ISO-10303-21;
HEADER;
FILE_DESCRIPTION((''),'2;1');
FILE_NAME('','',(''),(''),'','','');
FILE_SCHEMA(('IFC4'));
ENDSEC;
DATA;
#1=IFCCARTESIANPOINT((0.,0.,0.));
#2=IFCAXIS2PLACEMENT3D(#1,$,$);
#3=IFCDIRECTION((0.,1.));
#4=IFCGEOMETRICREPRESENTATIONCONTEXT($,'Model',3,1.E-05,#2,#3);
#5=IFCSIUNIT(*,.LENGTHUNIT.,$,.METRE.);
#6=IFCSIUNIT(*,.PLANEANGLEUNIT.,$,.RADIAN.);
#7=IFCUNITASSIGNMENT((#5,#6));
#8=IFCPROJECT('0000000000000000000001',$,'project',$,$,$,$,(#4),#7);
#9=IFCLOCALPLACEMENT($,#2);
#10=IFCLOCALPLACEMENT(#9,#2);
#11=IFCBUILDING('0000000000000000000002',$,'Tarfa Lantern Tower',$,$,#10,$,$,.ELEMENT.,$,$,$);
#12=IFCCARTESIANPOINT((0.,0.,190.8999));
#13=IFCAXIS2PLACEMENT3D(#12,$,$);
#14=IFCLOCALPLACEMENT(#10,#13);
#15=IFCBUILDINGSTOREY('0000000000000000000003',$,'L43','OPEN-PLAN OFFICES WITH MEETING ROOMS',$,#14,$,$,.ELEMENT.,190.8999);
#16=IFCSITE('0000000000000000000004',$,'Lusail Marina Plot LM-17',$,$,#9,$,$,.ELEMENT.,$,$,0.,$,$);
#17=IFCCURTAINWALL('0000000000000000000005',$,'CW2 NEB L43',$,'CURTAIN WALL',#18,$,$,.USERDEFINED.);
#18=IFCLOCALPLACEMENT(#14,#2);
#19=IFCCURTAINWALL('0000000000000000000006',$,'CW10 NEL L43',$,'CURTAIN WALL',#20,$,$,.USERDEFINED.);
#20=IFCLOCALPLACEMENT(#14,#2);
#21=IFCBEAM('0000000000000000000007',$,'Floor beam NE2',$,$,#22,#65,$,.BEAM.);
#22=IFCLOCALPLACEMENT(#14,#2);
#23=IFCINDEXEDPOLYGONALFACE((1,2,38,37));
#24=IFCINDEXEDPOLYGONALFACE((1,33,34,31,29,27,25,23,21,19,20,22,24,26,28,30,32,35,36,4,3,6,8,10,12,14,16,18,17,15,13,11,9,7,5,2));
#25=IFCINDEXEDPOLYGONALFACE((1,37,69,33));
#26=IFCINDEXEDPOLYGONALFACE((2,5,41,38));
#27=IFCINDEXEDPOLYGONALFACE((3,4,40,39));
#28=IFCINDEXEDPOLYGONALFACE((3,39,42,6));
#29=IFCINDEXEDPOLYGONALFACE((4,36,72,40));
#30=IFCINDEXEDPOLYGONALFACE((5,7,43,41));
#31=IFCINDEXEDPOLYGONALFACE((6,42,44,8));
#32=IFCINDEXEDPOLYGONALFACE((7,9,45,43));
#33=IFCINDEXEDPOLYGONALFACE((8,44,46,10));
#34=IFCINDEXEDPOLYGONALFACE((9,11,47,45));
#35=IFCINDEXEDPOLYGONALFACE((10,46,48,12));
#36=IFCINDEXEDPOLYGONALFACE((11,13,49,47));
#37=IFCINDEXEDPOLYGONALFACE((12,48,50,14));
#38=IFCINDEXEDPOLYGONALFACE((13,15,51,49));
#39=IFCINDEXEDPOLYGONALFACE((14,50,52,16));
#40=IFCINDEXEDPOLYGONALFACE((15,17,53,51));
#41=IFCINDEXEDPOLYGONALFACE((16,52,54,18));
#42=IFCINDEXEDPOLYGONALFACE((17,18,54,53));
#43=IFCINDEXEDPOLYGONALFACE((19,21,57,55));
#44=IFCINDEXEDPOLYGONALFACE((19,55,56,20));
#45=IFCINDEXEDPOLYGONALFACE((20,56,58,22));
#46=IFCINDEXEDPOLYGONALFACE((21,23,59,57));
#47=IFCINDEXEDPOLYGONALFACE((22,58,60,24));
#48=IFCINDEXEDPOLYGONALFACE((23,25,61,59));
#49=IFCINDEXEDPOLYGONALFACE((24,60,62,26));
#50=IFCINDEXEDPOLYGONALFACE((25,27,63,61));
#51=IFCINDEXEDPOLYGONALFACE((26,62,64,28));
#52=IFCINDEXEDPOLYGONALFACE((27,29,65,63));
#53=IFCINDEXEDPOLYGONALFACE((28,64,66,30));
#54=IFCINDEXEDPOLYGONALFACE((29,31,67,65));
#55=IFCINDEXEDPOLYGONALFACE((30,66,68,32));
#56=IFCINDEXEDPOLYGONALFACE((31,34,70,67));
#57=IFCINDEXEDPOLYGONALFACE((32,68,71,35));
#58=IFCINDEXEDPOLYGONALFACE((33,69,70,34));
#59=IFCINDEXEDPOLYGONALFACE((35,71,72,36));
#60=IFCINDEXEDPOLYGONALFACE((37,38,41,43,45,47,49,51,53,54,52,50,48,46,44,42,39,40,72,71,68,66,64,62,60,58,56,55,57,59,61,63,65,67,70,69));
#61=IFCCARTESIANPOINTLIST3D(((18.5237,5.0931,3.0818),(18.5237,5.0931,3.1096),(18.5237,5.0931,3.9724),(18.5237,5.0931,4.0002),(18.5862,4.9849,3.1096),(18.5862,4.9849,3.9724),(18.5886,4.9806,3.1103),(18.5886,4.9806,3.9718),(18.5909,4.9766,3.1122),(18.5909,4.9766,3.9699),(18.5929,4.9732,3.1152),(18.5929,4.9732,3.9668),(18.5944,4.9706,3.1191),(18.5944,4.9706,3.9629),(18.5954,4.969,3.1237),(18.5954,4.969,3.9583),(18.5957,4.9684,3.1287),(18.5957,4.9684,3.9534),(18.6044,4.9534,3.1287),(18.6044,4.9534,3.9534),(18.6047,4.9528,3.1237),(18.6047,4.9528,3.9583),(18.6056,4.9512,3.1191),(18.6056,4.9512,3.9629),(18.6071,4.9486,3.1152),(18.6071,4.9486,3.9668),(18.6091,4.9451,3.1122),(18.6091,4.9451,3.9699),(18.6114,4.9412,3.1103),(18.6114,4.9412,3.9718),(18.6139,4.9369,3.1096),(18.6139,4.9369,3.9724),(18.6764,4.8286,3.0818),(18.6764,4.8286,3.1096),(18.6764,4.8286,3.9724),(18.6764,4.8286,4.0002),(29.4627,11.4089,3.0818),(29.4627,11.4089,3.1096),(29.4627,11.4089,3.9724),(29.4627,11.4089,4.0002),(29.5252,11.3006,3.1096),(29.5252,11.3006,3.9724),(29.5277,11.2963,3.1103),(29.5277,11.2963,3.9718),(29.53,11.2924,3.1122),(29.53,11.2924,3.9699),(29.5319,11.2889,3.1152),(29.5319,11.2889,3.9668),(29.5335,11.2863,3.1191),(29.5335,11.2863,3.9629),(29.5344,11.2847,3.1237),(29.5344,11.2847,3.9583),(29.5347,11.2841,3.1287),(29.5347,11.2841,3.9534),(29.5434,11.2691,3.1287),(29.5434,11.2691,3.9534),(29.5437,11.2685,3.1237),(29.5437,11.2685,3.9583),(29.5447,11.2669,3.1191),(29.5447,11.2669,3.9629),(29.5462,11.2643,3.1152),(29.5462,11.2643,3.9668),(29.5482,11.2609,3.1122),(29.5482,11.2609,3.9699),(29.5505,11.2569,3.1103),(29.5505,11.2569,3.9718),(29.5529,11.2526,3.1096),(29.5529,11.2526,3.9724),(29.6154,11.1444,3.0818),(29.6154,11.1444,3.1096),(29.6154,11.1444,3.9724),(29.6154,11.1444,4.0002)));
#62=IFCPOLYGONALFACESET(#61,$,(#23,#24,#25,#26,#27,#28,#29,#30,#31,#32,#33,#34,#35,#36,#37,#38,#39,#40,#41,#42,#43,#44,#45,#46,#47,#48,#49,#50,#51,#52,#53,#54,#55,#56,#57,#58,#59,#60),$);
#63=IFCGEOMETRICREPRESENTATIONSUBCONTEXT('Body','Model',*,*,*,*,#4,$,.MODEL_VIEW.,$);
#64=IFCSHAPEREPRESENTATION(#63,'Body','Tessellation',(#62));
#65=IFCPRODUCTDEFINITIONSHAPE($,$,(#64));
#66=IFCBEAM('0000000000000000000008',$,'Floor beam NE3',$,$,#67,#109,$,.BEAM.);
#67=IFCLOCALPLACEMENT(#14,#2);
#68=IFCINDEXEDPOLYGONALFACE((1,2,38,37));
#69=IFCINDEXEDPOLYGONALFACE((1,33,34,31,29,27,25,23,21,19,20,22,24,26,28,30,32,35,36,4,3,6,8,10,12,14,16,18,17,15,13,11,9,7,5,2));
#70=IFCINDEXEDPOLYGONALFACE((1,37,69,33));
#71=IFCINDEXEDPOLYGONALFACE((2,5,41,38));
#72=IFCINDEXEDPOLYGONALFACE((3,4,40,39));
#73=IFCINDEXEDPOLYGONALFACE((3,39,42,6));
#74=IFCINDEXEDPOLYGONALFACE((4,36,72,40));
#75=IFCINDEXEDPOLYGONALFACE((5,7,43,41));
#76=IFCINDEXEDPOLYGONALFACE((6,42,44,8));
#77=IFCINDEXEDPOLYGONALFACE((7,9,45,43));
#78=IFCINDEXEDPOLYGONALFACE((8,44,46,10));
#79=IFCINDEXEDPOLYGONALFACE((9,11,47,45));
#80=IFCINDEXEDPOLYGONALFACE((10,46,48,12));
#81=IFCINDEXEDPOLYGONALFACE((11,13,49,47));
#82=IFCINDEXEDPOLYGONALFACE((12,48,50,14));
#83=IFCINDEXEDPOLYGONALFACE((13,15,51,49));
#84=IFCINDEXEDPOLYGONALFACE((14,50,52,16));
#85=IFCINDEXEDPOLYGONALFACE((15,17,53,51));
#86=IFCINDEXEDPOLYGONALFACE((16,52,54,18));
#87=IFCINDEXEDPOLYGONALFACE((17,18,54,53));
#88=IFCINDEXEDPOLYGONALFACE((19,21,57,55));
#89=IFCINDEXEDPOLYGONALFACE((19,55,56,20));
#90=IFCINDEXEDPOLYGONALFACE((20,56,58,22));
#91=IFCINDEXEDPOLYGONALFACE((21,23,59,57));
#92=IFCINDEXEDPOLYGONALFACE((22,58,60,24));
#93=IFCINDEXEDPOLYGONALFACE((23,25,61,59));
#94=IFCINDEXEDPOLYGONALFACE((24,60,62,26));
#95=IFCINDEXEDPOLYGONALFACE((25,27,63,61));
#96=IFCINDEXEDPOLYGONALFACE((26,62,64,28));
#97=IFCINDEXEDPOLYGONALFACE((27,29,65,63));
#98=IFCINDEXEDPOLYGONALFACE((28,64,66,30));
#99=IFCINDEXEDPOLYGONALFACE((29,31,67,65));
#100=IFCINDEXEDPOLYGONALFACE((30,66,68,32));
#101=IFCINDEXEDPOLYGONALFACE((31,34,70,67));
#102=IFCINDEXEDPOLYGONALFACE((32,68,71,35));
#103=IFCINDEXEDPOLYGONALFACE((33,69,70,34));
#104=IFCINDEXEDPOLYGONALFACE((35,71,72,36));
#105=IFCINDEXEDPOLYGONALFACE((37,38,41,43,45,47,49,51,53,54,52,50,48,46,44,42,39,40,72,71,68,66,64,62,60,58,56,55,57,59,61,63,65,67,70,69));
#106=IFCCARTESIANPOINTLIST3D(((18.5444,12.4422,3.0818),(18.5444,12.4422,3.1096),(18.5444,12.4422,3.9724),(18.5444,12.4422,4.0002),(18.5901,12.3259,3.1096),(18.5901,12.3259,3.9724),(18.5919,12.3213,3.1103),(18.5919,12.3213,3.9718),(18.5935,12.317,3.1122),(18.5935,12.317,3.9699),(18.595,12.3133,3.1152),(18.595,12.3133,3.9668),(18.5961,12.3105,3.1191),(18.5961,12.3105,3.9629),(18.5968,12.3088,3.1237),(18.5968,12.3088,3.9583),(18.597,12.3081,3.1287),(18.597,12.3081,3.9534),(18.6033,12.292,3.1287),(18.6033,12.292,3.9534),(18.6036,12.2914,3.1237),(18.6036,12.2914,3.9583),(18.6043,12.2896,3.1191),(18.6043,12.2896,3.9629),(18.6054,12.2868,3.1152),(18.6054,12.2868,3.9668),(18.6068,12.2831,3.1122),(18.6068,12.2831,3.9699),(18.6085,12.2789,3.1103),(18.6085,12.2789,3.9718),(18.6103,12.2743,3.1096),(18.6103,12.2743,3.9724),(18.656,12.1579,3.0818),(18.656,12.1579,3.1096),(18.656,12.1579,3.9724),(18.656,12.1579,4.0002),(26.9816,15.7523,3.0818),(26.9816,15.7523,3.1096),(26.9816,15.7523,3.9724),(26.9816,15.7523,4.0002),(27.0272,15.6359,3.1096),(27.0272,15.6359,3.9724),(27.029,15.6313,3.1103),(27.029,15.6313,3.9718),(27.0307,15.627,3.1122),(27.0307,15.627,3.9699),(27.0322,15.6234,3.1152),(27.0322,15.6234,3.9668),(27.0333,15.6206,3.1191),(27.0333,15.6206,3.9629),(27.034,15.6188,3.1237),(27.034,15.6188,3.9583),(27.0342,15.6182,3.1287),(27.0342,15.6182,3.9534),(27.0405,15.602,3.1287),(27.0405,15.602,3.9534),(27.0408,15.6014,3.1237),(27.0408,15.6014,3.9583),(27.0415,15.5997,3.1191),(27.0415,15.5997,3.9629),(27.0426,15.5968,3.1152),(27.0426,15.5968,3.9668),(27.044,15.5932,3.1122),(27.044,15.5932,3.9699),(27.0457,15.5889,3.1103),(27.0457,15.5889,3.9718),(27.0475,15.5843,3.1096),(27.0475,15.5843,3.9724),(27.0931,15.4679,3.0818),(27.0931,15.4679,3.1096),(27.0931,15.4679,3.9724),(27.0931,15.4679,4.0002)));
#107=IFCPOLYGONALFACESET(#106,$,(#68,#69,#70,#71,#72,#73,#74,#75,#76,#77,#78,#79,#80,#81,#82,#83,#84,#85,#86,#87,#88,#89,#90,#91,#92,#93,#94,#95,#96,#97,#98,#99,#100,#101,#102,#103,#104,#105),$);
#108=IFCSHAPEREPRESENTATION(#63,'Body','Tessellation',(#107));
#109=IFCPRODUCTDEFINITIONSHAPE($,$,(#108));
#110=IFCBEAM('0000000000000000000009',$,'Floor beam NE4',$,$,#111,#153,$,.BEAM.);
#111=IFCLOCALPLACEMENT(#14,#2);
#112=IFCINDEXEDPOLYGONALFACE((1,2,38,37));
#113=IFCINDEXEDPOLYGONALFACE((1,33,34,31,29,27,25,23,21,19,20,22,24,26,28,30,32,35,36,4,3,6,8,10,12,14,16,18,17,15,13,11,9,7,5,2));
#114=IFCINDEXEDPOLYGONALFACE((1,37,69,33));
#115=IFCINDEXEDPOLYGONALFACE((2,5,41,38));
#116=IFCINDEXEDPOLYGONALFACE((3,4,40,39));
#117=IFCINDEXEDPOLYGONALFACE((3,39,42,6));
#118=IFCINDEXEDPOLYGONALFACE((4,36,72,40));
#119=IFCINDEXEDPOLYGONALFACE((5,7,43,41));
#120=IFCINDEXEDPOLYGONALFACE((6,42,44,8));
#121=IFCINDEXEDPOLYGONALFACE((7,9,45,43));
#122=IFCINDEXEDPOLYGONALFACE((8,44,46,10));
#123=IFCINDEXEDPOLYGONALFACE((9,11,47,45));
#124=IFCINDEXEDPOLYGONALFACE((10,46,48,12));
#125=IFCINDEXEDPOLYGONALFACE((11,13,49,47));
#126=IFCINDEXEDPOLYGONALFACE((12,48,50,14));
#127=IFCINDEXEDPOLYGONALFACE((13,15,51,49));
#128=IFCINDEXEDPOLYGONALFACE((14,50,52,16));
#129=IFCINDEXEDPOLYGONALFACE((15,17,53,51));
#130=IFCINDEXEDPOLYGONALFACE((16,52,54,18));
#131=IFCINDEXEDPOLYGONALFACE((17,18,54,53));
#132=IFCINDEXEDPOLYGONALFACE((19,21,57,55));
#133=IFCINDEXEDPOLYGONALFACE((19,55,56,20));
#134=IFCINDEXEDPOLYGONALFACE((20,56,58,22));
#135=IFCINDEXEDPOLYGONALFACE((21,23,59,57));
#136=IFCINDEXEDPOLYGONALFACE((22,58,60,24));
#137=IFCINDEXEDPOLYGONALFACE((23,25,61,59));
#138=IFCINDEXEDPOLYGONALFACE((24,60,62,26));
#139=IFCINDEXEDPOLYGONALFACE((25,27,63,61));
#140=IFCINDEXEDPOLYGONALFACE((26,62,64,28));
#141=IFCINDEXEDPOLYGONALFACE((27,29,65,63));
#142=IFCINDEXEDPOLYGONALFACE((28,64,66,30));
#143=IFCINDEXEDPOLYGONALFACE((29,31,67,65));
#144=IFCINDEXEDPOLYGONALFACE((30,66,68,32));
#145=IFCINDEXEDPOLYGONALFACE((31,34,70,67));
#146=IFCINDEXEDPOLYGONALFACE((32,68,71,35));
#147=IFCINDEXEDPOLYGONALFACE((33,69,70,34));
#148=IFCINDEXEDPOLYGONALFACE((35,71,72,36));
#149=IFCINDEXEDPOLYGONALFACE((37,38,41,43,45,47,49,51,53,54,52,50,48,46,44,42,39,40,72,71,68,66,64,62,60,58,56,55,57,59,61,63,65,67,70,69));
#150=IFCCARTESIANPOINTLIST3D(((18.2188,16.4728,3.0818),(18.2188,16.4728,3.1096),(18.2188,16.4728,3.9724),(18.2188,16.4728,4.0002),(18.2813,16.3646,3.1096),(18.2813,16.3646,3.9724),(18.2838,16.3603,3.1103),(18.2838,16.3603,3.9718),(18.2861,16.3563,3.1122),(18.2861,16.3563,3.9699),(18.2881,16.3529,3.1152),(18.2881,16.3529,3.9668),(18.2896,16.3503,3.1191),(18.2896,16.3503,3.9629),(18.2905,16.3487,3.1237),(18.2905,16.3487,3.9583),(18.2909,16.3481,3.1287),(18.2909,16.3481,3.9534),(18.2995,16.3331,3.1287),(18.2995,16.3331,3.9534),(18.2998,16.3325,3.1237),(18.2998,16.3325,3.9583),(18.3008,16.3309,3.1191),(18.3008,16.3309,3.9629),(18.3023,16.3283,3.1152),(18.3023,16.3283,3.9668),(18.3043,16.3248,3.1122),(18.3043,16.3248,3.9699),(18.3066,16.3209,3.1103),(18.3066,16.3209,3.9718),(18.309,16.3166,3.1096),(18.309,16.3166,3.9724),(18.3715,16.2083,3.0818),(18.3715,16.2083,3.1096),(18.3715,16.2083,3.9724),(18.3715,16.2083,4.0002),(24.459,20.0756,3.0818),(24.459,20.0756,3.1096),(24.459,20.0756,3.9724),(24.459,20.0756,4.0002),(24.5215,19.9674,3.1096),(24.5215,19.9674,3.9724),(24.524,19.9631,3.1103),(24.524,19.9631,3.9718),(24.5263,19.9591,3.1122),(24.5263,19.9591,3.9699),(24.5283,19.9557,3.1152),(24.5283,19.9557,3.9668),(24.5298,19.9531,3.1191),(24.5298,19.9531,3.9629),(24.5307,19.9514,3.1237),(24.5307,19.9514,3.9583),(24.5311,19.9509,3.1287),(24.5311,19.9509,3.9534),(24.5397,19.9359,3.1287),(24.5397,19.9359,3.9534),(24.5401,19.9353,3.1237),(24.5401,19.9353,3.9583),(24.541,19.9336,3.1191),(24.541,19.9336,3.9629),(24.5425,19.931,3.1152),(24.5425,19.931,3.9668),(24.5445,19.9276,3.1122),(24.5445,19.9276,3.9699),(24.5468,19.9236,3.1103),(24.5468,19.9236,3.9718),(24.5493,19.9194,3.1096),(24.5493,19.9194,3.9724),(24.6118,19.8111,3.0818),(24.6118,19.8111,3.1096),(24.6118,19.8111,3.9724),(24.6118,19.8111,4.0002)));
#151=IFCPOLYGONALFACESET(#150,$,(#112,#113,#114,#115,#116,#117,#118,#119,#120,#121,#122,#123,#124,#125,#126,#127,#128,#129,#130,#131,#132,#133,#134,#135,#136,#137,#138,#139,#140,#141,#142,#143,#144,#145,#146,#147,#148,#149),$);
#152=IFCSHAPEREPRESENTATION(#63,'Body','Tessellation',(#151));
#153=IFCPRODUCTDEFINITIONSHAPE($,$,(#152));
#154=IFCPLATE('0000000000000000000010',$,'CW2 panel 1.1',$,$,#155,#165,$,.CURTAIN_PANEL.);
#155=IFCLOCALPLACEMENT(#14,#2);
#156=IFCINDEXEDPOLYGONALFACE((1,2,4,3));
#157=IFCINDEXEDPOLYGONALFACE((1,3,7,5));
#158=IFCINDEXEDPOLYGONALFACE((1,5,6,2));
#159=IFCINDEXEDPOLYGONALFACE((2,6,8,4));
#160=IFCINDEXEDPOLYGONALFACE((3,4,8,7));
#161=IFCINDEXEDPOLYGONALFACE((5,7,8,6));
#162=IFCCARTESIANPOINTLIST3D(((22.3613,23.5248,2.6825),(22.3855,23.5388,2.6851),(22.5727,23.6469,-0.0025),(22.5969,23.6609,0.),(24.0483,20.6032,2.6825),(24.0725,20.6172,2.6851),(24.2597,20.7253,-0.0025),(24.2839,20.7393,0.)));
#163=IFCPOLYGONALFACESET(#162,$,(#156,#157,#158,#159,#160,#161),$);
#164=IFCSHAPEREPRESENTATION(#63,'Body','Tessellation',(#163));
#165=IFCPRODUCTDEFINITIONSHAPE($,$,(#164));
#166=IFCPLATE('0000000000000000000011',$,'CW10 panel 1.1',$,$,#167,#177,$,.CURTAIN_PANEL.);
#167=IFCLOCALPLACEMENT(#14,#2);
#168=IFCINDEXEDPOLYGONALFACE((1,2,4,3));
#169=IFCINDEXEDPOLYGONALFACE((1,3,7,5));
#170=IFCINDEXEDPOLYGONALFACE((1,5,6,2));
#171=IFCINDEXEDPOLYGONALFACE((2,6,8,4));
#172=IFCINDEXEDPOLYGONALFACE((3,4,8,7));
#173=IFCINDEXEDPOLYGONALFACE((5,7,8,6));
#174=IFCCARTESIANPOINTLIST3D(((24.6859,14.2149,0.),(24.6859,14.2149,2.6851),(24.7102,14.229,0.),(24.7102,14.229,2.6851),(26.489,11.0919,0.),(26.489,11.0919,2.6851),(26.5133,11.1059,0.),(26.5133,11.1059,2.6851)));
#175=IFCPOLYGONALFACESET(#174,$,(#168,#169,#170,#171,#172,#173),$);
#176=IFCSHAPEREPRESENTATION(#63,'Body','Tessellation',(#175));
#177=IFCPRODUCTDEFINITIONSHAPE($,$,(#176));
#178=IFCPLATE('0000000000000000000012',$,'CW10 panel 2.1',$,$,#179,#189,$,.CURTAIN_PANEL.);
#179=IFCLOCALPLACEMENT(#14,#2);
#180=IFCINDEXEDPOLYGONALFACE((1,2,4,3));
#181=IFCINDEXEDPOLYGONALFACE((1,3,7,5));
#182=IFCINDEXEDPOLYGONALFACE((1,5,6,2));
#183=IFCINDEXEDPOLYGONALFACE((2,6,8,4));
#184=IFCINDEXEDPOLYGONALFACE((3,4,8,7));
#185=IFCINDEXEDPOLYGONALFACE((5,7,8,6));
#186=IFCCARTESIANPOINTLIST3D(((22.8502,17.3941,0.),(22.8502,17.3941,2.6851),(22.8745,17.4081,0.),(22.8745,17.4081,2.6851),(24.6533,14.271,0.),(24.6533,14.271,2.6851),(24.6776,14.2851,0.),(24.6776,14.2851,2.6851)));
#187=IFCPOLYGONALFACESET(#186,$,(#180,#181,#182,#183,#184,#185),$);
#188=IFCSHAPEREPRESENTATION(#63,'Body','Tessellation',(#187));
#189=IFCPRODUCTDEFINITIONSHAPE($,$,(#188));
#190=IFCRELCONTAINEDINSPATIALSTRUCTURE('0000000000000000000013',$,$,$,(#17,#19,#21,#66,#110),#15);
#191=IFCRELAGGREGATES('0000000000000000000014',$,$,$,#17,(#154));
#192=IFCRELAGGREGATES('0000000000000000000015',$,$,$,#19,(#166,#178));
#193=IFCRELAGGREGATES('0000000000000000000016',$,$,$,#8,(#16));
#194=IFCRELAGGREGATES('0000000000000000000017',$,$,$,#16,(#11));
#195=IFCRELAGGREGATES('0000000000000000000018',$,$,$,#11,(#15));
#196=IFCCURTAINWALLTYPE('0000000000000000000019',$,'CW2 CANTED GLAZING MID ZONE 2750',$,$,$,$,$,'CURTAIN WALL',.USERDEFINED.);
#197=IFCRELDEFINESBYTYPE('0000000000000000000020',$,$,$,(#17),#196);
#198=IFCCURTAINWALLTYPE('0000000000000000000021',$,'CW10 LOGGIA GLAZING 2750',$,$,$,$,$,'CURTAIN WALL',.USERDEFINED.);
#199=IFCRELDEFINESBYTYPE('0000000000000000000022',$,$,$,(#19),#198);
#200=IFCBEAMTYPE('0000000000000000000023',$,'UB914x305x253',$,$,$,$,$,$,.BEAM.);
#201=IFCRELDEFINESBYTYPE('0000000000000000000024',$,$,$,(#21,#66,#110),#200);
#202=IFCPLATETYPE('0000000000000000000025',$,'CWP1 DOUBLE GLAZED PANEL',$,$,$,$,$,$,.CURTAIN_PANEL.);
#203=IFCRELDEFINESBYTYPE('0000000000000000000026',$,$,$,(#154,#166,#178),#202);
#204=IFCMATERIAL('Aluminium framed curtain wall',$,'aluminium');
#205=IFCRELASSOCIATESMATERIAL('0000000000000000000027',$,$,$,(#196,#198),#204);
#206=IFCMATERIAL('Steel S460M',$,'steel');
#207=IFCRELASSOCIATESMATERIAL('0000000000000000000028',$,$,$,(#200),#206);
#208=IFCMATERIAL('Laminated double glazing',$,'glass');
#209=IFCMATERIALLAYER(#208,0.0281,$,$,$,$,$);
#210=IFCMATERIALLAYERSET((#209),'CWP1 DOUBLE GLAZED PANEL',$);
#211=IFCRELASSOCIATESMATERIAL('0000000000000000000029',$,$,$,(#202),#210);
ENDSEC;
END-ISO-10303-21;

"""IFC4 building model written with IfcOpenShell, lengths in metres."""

from ifc_helpers import new_model, si_unit, direction, frame, origin, origin_2d, place, context, subcontext, project, spatial, polyline, rectangle, i_section, outline, extrude, material, layer, layer_set, material_profile, profile_set, type_object, element, aggregate, save


model = new_model("IFC4")

# Units and contexts
model_context = context("Model", 3, precision=1e-05, world=origin(), true_north=direction((0.0, 1.0)))
body_context = subcontext(model_context, "Body", "Model", "MODEL_VIEW")
ifc_project = project(units=[si_unit("LENGTHUNIT", "METRE"), si_unit("PLANEANGLEUNIT", "RADIAN")], contexts=[model_context])

# Site, building, storey
site_placement = place(None, origin())
site = spatial("IfcSite", under=ifc_project, at=site_placement, Name="Lusail Marina Plot LM-17", CompositionType="ELEMENT", RefElevation=0.0)
building_placement = place(site_placement, origin())
building = spatial("IfcBuilding", under=site, at=building_placement, Name="Tarfa Lantern Tower", CompositionType="ELEMENT")
storey_placement = place(building_placement, frame((0.0, 0.0, 190.8999)))
storey = spatial("IfcBuildingStorey", under=building, at=storey_placement, Name="L43", Description="OPEN-PLAN OFFICES WITH MEETING ROOMS", CompositionType="ELEMENT", Elevation=190.8999)

# Curtain wall
ifc_material_1 = material(Name="Aluminium framed curtain wall", Category="aluminium")
curtain_wall_type_1 = type_object("IfcCurtainWallType", Name="CW2 CANTED GLAZING MID ZONE 2750", ElementType="CURTAIN WALL", PredefinedType="USERDEFINED", material=ifc_material_1)
curtain_wall_1_placement = place(storey_placement, origin())
curtain_wall_1 = element("IfcCurtainWall", 1, at=curtain_wall_1_placement, inside=storey, type_object=curtain_wall_type_1, Name="CW2 NEB L43", ObjectType="CURTAIN WALL", PredefinedType="USERDEFINED")

# Curtain wall
curtain_wall_type_2 = type_object("IfcCurtainWallType", Name="CW10 LOGGIA GLAZING 2750", ElementType="CURTAIN WALL", PredefinedType="USERDEFINED", material=ifc_material_1)
curtain_wall_2_placement = place(storey_placement, origin())
curtain_wall_2 = element("IfcCurtainWall", 2, at=curtain_wall_2_placement, inside=storey, type_object=curtain_wall_type_2, Name="CW10 NEL L43", ObjectType="CURTAIN WALL", PredefinedType="USERDEFINED")

# Beams
ifc_material_2 = material(Name="Steel S460M", Category="steel")
ifc_material_profile_1 = material_profile(ifc_material_2, i_section(OverallWidth=0.3054, OverallDepth=0.9185, WebThickness=0.0173, FlangeThickness=0.0278, FilletRadius=0.019, at=origin_2d()), Name="UB914x305x253")
ifc_profile_set_1 = profile_set([ifc_material_profile_1], Name="Steel S460M")
beam_type_1 = type_object("IfcBeamType", Name="UB914x305x253", PredefinedType="BEAM", material=ifc_profile_set_1)
beam_1_placement = place(storey_placement, frame((29.5391, 11.2766, 3.541), z_axis=(-0.866023, -0.500004, 0.0), x_axis=(0.500004, -0.866023, 0.0)))
element("IfcBeam", 3, at=beam_1_placement, inside=storey, type_object=beam_type_1, Name="Floor beam NE2", PredefinedType="BEAM", context=body_context, shape_type="SweptSolid", body=[
    extrude(i_section(OverallWidth=0.3054, OverallDepth=0.9185, WebThickness=0.0173, FlangeThickness=0.0278, FilletRadius=0.019, at=origin_2d()), origin(), (0.0, 0.0, 1.0), 12.6313),
])
beam_2_placement = place(storey_placement, frame((27.0374, 15.6101, 3.541), z_axis=(-0.930923, -0.365215, 0.0), x_axis=(0.365215, -0.930923, 0.0)))
element("IfcBeam", 4, at=beam_2_placement, inside=storey, type_object=beam_type_1, Name="Floor beam NE3", PredefinedType="BEAM", context=body_context, shape_type="SweptSolid", body=[
    extrude(i_section(OverallWidth=0.3054, OverallDepth=0.9185, WebThickness=0.0173, FlangeThickness=0.0278, FilletRadius=0.019, at=origin_2d()), origin(), (0.0, 0.0, 1.0), 9.0632),
])
beam_3_placement = place(storey_placement, frame((24.5354, 19.9434, 3.541), z_axis=(-0.866026, -0.499998, 0.0), x_axis=(0.499998, -0.866026, 0.0)))
element("IfcBeam", 5, at=beam_3_placement, inside=storey, type_object=beam_type_1, Name="Floor beam NE4", PredefinedType="BEAM", context=body_context, shape_type="SweptSolid", body=[
    extrude(i_section(OverallWidth=0.3054, OverallDepth=0.9185, WebThickness=0.0173, FlangeThickness=0.0278, FilletRadius=0.019, at=origin_2d()), origin(), (0.0, 0.0, 1.0), 7.2056),
])

# Plates
ifc_material_3 = material(Name="Laminated double glazing", Category="glass")
ifc_layer_1 = layer(ifc_material_3, 0.0281)
ifc_layer_set_1 = layer_set([ifc_layer_1], Name="CWP1 DOUBLE GLAZED PANEL")
plate_type_1 = type_object("IfcPlateType", Name="CWP1 DOUBLE GLAZED PANEL", PredefinedType="CURTAIN_PANEL", material=ifc_layer_set_1)
plate_1_placement = place(storey_placement, frame((24.2839, 20.7393, 0.0), z_axis=(0.862441, 0.497992, 0.09055), x_axis=(-0.500046, 0.865999, 0.0)))
plate_1 = element("IfcPlate", 6, at=plate_1_placement, type_object=plate_type_1, Name="CW2 panel 1.1", PredefinedType="CURTAIN_PANEL", context=body_context, shape_type="SweptSolid", body=[
    extrude(outline(polyline([(0.0, 0.0), (3.3737, 0.0), (3.3737, 2.6961), (0.0, 2.6961), (0.0, 0.0)])), origin(), (0.0, 0.0, -1.0), 0.0281),
])
aggregate(curtain_wall_1, [plate_1])
plate_2_placement = place(storey_placement, frame((25.5996, 12.6604, 0.0), z_axis=(0.0, 0.0, 1.0), x_axis=(-0.5, 0.866025, 0.0)))
plate_2 = element("IfcPlate", 7, at=plate_2_placement, type_object=plate_type_1, Name="CW10 panel 1.1", PredefinedType="CURTAIN_PANEL", context=body_context, shape_type="SweptSolid", body=[
    extrude(rectangle(XDim=3.6062, YDim=0.0281, at=origin_2d()), origin(), (0.0, 0.0, 1.0), 2.6851),
])
plate_3_placement = place(storey_placement, frame((23.7639, 15.8396, 0.0), z_axis=(0.0, 0.0, 1.0), x_axis=(-0.5, 0.866025, 0.0)))
plate_3 = element("IfcPlate", 8, at=plate_3_placement, type_object=plate_type_1, Name="CW10 panel 2.1", PredefinedType="CURTAIN_PANEL", context=body_context, shape_type="SweptSolid", body=[
    extrude(rectangle(XDim=3.6062, YDim=0.0281, at=origin_2d()), origin(), (0.0, 0.0, 1.0), 2.6851),
])
aggregate(curtain_wall_2, [plate_2, plate_3])

save(model, "model.ifc")
